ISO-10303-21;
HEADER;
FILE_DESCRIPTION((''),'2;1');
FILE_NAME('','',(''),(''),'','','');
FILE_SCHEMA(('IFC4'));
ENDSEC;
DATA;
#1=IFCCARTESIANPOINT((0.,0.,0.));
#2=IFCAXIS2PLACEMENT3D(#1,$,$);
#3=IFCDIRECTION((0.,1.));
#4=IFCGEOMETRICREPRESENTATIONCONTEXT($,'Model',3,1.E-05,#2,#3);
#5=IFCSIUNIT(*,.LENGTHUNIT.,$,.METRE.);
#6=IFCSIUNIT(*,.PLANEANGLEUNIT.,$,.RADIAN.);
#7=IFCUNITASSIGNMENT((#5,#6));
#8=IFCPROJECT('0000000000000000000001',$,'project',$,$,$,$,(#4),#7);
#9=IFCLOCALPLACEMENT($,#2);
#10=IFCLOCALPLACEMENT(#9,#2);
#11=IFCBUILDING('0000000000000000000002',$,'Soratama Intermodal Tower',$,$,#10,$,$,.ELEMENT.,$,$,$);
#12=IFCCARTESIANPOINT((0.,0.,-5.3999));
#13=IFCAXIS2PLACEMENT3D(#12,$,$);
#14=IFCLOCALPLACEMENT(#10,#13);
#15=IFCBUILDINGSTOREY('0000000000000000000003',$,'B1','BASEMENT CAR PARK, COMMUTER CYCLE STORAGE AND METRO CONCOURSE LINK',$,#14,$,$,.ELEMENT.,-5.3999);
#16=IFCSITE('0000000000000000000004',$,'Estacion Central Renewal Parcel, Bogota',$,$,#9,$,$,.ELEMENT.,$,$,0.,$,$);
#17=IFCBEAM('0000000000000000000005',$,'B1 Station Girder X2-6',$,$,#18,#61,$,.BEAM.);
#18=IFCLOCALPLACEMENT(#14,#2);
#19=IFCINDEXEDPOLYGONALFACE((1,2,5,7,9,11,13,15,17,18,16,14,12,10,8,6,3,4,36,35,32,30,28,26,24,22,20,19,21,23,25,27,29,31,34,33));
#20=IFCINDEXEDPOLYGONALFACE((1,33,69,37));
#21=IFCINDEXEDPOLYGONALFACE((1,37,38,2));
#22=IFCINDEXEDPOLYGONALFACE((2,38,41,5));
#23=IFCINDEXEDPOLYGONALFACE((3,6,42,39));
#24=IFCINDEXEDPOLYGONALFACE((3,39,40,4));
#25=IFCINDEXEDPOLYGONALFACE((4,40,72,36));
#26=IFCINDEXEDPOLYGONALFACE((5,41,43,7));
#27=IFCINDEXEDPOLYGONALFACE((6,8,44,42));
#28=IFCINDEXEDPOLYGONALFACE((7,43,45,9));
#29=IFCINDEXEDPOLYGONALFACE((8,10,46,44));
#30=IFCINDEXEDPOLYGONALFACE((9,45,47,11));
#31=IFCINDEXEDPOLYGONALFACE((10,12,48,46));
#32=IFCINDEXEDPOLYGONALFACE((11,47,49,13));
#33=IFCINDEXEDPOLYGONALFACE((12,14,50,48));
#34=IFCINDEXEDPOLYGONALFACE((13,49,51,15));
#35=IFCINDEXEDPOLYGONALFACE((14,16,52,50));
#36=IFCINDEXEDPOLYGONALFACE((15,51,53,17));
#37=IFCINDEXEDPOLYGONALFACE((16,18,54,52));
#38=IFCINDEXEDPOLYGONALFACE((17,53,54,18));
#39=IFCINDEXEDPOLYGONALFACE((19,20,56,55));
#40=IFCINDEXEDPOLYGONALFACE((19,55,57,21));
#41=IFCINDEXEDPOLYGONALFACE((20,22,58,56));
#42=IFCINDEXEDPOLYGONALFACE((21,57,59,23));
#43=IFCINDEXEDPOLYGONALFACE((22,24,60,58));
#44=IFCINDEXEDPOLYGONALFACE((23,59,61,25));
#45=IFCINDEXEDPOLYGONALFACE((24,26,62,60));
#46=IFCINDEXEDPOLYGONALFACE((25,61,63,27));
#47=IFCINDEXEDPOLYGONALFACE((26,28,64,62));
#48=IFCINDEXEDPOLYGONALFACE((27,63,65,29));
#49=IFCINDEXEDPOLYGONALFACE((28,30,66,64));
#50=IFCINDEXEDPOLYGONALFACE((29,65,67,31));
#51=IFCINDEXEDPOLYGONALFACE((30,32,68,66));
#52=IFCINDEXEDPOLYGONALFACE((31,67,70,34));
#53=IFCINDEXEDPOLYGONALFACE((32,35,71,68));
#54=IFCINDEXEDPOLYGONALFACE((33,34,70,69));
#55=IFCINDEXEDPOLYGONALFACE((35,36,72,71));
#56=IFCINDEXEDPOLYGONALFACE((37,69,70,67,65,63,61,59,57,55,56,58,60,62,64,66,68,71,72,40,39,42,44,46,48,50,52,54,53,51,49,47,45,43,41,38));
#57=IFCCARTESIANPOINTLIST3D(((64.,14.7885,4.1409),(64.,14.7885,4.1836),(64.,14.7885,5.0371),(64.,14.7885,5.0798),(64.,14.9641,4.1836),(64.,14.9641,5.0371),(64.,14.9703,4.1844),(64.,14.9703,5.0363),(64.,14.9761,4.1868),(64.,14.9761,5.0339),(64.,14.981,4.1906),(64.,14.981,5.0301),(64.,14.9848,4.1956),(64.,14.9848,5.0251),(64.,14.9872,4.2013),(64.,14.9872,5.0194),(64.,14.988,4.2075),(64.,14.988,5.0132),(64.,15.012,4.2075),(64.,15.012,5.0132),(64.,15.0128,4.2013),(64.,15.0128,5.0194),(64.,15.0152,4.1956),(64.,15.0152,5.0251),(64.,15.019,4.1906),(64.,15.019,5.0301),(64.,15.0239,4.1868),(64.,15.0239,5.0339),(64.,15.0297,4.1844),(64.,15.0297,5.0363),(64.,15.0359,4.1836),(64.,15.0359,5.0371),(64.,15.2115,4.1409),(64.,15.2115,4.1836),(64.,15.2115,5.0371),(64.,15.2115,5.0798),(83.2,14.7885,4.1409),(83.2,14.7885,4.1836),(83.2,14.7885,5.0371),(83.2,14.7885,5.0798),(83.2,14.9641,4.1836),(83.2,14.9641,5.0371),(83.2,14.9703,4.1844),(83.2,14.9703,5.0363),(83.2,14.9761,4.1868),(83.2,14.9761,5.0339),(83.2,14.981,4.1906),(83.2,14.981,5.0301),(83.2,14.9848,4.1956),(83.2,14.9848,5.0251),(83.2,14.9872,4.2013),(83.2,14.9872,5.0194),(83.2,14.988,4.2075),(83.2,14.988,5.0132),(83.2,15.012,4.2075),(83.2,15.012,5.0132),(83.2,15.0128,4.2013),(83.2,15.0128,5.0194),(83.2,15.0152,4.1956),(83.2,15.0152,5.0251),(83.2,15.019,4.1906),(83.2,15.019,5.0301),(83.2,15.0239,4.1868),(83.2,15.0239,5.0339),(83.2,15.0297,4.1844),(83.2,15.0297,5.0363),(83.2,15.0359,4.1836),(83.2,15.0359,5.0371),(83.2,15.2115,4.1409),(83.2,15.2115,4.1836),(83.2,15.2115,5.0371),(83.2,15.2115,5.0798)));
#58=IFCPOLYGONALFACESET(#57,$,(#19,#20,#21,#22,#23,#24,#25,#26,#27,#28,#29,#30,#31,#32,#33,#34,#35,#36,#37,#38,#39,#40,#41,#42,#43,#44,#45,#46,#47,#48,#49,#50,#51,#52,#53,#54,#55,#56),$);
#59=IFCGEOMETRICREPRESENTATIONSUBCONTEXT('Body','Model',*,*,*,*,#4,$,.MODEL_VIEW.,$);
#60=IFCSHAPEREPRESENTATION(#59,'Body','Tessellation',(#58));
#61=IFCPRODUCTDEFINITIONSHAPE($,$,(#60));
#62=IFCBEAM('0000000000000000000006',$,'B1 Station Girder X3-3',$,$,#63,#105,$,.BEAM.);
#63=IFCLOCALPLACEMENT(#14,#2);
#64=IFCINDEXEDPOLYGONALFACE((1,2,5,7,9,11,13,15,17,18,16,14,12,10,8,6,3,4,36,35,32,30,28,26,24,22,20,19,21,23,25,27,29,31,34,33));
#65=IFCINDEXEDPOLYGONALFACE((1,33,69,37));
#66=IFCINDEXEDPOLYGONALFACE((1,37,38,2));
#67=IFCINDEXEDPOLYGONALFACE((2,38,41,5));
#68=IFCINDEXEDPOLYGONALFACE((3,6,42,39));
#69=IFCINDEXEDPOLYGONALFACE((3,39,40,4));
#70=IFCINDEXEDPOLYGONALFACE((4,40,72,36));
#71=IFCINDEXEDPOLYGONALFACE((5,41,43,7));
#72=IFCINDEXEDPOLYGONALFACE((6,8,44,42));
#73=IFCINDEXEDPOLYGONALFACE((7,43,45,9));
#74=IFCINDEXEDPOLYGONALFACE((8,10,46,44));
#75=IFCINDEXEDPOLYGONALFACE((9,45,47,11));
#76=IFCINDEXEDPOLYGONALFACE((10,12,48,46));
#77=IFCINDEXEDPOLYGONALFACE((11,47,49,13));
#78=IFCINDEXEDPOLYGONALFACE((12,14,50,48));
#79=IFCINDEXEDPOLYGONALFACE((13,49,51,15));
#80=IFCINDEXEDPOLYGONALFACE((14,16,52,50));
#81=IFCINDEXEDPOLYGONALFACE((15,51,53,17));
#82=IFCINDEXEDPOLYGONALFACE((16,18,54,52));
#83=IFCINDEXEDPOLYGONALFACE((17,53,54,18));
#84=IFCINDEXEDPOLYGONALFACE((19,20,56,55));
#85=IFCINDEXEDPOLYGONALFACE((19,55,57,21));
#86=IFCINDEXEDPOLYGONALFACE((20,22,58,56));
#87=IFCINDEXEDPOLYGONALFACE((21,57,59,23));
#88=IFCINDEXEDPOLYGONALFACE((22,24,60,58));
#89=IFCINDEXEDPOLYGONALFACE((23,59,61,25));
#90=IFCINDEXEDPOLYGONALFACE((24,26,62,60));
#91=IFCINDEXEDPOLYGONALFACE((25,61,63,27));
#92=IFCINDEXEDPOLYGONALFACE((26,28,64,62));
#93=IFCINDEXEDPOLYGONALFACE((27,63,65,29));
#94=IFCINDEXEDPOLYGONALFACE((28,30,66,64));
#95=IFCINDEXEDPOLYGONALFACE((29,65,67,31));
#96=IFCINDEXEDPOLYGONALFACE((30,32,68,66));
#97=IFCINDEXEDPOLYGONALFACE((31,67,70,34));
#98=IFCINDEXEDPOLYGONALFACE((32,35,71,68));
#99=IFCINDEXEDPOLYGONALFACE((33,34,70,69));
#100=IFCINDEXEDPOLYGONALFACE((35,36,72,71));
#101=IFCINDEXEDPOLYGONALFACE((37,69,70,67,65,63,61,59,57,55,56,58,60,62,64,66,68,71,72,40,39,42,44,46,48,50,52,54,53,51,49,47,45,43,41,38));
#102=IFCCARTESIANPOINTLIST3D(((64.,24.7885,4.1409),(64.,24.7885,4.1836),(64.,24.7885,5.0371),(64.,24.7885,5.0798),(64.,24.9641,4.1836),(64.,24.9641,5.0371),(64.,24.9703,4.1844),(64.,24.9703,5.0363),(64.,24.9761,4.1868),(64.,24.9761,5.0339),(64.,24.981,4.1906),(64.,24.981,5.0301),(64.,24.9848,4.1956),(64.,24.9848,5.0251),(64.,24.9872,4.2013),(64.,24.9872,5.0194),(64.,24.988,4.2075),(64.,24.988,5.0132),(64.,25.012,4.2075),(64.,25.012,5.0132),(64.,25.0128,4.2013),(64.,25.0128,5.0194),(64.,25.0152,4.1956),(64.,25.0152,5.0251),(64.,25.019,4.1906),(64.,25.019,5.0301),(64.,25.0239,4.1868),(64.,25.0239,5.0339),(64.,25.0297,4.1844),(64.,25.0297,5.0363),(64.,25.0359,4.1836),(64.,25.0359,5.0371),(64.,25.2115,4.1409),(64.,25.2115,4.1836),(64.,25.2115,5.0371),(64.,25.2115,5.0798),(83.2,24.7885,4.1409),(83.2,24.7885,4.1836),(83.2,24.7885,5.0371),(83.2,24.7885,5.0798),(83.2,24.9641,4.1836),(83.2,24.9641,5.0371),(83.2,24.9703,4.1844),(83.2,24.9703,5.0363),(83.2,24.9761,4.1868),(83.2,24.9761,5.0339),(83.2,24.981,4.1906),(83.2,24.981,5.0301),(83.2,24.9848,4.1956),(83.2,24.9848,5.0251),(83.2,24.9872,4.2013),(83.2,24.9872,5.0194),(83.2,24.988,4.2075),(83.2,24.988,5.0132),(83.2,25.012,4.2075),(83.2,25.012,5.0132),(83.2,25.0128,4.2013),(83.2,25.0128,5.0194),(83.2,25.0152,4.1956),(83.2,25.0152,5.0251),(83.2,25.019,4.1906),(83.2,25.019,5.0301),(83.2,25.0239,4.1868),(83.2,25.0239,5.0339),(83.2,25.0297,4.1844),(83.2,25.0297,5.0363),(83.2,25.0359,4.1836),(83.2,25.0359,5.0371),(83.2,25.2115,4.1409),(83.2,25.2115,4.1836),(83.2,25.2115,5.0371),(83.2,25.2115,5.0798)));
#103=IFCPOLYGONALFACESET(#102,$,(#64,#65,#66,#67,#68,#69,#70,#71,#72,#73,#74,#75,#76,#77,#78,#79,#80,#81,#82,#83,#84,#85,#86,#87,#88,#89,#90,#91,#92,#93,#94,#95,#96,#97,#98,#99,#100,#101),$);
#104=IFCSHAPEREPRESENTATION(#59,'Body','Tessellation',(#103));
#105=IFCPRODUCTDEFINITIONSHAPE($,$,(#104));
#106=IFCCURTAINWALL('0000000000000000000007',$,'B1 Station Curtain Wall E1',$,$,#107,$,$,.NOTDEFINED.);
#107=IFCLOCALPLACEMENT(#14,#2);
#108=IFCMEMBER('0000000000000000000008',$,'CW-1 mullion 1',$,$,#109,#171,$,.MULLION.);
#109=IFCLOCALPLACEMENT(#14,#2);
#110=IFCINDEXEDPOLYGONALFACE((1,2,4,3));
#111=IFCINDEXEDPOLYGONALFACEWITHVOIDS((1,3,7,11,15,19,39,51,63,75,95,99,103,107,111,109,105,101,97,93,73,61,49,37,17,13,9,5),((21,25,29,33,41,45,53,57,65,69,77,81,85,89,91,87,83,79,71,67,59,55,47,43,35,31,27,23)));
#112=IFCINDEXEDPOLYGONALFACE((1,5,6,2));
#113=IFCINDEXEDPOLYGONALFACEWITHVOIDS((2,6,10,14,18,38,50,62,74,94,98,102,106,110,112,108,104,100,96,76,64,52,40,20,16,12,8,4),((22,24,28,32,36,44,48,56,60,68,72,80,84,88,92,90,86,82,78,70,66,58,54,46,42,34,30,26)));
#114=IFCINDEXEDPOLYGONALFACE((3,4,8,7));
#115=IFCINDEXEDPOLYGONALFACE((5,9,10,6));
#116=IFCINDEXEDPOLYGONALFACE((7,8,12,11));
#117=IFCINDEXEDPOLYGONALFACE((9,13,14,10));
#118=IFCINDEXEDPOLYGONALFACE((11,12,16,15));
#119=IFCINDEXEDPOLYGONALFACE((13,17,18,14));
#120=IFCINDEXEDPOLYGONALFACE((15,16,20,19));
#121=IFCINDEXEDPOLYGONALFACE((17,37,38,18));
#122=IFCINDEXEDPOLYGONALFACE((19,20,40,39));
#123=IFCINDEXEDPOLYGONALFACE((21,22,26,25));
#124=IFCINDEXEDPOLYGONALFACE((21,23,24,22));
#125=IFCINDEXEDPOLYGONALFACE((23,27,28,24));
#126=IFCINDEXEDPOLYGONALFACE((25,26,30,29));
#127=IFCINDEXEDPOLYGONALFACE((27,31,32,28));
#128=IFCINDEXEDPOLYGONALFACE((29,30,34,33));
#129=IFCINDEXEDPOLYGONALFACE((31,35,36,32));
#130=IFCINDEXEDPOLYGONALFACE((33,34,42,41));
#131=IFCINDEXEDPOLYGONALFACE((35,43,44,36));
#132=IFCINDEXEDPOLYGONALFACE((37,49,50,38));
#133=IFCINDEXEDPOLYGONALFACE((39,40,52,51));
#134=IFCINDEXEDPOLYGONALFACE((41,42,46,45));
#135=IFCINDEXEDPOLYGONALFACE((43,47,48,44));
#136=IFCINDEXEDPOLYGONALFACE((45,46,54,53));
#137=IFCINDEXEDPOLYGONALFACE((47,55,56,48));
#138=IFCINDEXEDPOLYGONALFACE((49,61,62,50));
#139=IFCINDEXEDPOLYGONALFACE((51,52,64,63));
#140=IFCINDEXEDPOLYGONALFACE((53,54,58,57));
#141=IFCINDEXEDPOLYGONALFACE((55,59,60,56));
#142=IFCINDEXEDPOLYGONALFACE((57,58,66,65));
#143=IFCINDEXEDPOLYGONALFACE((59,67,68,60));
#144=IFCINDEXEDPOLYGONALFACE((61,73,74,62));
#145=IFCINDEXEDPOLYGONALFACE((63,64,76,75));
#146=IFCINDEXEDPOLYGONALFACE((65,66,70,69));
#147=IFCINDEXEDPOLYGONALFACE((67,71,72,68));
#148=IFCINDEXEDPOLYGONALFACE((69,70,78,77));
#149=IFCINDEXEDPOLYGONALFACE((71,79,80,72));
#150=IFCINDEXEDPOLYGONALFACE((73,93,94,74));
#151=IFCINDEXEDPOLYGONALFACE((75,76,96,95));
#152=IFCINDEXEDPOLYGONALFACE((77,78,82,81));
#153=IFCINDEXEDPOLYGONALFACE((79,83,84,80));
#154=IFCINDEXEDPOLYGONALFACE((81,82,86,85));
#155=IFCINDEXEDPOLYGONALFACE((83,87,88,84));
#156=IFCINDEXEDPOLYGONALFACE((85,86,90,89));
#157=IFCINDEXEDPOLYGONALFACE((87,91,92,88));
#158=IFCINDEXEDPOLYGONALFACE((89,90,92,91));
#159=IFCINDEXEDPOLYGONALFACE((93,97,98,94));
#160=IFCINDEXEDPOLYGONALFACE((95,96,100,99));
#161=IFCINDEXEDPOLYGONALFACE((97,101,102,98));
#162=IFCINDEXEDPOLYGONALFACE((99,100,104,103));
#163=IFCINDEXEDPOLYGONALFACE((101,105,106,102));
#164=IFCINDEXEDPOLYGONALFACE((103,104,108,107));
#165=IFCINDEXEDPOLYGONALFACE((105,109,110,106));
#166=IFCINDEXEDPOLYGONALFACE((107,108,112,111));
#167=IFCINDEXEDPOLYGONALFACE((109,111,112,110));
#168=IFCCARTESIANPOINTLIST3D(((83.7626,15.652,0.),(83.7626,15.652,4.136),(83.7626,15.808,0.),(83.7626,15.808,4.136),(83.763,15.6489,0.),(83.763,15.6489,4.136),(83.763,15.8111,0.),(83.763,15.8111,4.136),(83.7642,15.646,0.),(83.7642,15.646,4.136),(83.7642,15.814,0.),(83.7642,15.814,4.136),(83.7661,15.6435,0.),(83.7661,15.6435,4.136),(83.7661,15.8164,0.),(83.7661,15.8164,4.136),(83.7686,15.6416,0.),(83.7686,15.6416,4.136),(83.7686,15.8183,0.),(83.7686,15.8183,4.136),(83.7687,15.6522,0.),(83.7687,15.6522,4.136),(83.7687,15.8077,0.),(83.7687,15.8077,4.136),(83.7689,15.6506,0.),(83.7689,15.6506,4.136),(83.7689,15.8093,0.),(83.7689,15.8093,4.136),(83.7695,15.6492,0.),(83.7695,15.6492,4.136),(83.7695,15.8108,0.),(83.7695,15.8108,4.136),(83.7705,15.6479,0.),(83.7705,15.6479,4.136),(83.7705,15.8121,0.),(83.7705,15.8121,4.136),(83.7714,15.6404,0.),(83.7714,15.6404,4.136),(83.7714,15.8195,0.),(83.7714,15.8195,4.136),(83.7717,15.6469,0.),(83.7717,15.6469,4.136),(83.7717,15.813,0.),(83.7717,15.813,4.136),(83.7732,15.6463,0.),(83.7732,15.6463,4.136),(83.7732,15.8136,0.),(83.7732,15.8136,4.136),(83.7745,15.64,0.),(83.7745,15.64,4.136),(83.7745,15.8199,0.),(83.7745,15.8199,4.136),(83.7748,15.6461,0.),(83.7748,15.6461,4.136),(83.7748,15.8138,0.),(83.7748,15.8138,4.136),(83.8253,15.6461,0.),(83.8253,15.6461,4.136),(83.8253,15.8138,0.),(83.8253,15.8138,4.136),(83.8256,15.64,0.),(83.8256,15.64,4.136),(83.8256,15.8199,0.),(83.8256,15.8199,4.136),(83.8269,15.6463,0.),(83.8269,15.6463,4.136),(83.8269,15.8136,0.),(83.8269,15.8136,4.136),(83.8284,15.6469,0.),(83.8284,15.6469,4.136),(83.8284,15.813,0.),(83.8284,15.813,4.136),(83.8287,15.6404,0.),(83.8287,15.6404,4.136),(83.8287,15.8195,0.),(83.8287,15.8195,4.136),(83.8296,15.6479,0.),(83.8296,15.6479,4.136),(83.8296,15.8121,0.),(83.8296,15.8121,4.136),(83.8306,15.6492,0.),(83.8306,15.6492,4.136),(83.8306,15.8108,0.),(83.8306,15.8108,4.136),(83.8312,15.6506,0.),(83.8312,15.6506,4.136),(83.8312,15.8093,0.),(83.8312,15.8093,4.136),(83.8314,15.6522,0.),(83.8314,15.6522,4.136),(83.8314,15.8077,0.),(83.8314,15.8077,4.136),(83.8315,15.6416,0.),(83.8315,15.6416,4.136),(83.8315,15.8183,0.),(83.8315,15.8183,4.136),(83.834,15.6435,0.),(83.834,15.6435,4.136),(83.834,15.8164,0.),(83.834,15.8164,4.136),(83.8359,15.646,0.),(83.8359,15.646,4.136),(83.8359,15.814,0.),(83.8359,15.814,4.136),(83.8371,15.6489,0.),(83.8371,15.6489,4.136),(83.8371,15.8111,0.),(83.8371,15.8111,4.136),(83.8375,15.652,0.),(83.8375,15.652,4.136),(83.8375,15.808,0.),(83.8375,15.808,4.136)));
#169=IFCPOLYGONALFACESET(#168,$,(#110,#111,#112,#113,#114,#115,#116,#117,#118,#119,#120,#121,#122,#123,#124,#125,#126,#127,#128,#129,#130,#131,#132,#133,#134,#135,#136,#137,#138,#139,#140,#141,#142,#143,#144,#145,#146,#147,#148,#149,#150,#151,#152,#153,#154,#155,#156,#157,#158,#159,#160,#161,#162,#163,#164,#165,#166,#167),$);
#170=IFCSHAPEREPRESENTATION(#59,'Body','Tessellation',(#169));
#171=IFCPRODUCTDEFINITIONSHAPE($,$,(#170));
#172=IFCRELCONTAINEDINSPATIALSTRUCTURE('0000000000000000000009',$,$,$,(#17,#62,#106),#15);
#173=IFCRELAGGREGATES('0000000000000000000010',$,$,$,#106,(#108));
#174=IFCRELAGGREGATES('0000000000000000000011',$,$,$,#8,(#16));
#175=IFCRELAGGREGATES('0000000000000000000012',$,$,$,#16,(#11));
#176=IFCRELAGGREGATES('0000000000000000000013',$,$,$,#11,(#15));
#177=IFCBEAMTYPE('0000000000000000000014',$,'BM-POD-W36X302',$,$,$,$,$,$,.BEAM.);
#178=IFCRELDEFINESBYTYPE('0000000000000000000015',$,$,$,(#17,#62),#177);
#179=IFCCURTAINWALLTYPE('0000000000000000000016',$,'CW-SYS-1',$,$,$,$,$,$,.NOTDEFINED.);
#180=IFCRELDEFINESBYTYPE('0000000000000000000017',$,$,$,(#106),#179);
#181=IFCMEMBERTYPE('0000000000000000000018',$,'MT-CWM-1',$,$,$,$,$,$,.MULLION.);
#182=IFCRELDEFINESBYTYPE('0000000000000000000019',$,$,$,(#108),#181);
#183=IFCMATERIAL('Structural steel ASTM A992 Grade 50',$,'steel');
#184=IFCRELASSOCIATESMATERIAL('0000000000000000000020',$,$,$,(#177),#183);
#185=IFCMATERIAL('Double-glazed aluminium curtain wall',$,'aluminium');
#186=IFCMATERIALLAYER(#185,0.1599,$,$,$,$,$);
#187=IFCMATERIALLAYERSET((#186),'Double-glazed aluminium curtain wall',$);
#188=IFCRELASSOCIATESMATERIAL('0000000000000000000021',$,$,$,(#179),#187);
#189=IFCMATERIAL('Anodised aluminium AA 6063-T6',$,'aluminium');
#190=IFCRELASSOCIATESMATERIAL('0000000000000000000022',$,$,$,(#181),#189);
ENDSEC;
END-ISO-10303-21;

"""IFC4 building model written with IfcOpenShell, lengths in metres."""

from ifc_helpers import new_model, si_unit, direction, frame, origin, origin_2d, place, context, subcontext, project, spatial, hollow_rectangle, i_section, extrude, material, layer, layer_set, material_profile, profile_set, type_object, element, aggregate, save


model = new_model("IFC4")

# Units and contexts
model_context = context("Model", 3, precision=1e-05, world=origin(), true_north=direction((0.0, 1.0)))
body_context = subcontext(model_context, "Body", "Model", "MODEL_VIEW")
ifc_project = project(units=[si_unit("LENGTHUNIT", "METRE"), si_unit("PLANEANGLEUNIT", "RADIAN")], contexts=[model_context])

# Site, building, storey
site_placement = place(None, origin())
site = spatial("IfcSite", under=ifc_project, at=site_placement, Name="Estacion Central Renewal Parcel, Bogota", CompositionType="ELEMENT", RefElevation=0.0)
building_placement = place(site_placement, origin())
building = spatial("IfcBuilding", under=site, at=building_placement, Name="Soratama Intermodal Tower", CompositionType="ELEMENT")
storey_placement = place(building_placement, frame((0.0, 0.0, -5.3999)))
storey = spatial("IfcBuildingStorey", under=building, at=storey_placement, Name="B1", Description="BASEMENT CAR PARK, COMMUTER CYCLE STORAGE AND METRO CONCOURSE LINK", CompositionType="ELEMENT", Elevation=-5.3999)

# Beams
ifc_material_1 = material(Name="Structural steel ASTM A992 Grade 50", Category="steel")
ifc_material_profile_1 = material_profile(ifc_material_1, i_section(OverallWidth=0.4231, OverallDepth=0.939, WebThickness=0.0239, FlangeThickness=0.0427, FilletRadius=0.0239, at=origin_2d()), Name="W36X302")
ifc_profile_set_1 = profile_set([ifc_material_profile_1], Name="Structural steel ASTM A992 Grade 50")
beam_type_1 = type_object("IfcBeamType", Name="BM-POD-W36X302", PredefinedType="BEAM", material=ifc_profile_set_1)
for number, where, z_axis, x_axis, name in (
    (1, (64.0, 15.0, 4.6104), (1.0, 0.0, 0.0), (0.0, 1.0, 0.0), "B1 Station Girder X2-6"),
    (2, (64.0, 25.0, 4.6104), (1.0, 0.0, 0.0), (0.0, 1.0, 0.0), "B1 Station Girder X3-3"),
):
    element("IfcBeam", number, at=place(storey_placement, frame(where, z_axis=z_axis, x_axis=x_axis)), inside=storey, type_object=beam_type_1, Name=name, PredefinedType="BEAM", context=body_context, shape_type="SweptSolid", body=[
        extrude(i_section(OverallWidth=0.4231, OverallDepth=0.939, WebThickness=0.0239, FlangeThickness=0.0427, FilletRadius=0.0239, at=origin_2d()), origin(), (0.0, 0.0, 1.0), 19.2),
    ])

# Curtain wall, member
ifc_material_2 = material(Name="Double-glazed aluminium curtain wall", Category="aluminium")
ifc_layer_1 = layer(ifc_material_2, 0.1599)
ifc_layer_set_1 = layer_set([ifc_layer_1], Name="Double-glazed aluminium curtain wall")
curtain_wall_type = type_object("IfcCurtainWallType", Name="CW-SYS-1", PredefinedType="NOTDEFINED", material=ifc_layer_set_1)
curtain_wall_1_placement = place(storey_placement, origin())
curtain_wall_1 = element("IfcCurtainWall", 3, at=curtain_wall_1_placement, inside=storey, type_object=curtain_wall_type, Name="B1 Station Curtain Wall E1", PredefinedType="NOTDEFINED")
ifc_material_3 = material(Name="Anodised aluminium AA 6063-T6", Category="aluminium")
ifc_material_profile_2 = material_profile(ifc_material_3, hollow_rectangle(XDim=0.075, YDim=0.1799, WallThickness=0.0061, InnerFilletRadius=0.0061, OuterFilletRadius=0.012, at=origin_2d()), Name="CWM180X75X6")
ifc_profile_set_2 = profile_set([ifc_material_profile_2], Name="Anodised aluminium AA 6063-T6")
member_type_1 = type_object("IfcMemberType", Name="MT-CWM-1", PredefinedType="MULLION", material=ifc_profile_set_2)
member_1_placement = place(storey_placement, frame((83.8, 15.73, 0.0), z_axis=(0.0, 0.0, 1.0), x_axis=(-1.0, 0.0, 0.0)))
member_1 = element("IfcMember", 4, at=member_1_placement, type_object=member_type_1, Name="CW-1 mullion 1", PredefinedType="MULLION", context=body_context, shape_type="SweptSolid", body=[
    extrude(hollow_rectangle(XDim=0.075, YDim=0.1799, WallThickness=0.0061, InnerFilletRadius=0.0061, OuterFilletRadius=0.012, at=origin_2d()), origin(), (0.0, 0.0, 1.0), 4.136),
])

aggregate(curtain_wall_1, [member_1])

save(model, "model.ifc")
